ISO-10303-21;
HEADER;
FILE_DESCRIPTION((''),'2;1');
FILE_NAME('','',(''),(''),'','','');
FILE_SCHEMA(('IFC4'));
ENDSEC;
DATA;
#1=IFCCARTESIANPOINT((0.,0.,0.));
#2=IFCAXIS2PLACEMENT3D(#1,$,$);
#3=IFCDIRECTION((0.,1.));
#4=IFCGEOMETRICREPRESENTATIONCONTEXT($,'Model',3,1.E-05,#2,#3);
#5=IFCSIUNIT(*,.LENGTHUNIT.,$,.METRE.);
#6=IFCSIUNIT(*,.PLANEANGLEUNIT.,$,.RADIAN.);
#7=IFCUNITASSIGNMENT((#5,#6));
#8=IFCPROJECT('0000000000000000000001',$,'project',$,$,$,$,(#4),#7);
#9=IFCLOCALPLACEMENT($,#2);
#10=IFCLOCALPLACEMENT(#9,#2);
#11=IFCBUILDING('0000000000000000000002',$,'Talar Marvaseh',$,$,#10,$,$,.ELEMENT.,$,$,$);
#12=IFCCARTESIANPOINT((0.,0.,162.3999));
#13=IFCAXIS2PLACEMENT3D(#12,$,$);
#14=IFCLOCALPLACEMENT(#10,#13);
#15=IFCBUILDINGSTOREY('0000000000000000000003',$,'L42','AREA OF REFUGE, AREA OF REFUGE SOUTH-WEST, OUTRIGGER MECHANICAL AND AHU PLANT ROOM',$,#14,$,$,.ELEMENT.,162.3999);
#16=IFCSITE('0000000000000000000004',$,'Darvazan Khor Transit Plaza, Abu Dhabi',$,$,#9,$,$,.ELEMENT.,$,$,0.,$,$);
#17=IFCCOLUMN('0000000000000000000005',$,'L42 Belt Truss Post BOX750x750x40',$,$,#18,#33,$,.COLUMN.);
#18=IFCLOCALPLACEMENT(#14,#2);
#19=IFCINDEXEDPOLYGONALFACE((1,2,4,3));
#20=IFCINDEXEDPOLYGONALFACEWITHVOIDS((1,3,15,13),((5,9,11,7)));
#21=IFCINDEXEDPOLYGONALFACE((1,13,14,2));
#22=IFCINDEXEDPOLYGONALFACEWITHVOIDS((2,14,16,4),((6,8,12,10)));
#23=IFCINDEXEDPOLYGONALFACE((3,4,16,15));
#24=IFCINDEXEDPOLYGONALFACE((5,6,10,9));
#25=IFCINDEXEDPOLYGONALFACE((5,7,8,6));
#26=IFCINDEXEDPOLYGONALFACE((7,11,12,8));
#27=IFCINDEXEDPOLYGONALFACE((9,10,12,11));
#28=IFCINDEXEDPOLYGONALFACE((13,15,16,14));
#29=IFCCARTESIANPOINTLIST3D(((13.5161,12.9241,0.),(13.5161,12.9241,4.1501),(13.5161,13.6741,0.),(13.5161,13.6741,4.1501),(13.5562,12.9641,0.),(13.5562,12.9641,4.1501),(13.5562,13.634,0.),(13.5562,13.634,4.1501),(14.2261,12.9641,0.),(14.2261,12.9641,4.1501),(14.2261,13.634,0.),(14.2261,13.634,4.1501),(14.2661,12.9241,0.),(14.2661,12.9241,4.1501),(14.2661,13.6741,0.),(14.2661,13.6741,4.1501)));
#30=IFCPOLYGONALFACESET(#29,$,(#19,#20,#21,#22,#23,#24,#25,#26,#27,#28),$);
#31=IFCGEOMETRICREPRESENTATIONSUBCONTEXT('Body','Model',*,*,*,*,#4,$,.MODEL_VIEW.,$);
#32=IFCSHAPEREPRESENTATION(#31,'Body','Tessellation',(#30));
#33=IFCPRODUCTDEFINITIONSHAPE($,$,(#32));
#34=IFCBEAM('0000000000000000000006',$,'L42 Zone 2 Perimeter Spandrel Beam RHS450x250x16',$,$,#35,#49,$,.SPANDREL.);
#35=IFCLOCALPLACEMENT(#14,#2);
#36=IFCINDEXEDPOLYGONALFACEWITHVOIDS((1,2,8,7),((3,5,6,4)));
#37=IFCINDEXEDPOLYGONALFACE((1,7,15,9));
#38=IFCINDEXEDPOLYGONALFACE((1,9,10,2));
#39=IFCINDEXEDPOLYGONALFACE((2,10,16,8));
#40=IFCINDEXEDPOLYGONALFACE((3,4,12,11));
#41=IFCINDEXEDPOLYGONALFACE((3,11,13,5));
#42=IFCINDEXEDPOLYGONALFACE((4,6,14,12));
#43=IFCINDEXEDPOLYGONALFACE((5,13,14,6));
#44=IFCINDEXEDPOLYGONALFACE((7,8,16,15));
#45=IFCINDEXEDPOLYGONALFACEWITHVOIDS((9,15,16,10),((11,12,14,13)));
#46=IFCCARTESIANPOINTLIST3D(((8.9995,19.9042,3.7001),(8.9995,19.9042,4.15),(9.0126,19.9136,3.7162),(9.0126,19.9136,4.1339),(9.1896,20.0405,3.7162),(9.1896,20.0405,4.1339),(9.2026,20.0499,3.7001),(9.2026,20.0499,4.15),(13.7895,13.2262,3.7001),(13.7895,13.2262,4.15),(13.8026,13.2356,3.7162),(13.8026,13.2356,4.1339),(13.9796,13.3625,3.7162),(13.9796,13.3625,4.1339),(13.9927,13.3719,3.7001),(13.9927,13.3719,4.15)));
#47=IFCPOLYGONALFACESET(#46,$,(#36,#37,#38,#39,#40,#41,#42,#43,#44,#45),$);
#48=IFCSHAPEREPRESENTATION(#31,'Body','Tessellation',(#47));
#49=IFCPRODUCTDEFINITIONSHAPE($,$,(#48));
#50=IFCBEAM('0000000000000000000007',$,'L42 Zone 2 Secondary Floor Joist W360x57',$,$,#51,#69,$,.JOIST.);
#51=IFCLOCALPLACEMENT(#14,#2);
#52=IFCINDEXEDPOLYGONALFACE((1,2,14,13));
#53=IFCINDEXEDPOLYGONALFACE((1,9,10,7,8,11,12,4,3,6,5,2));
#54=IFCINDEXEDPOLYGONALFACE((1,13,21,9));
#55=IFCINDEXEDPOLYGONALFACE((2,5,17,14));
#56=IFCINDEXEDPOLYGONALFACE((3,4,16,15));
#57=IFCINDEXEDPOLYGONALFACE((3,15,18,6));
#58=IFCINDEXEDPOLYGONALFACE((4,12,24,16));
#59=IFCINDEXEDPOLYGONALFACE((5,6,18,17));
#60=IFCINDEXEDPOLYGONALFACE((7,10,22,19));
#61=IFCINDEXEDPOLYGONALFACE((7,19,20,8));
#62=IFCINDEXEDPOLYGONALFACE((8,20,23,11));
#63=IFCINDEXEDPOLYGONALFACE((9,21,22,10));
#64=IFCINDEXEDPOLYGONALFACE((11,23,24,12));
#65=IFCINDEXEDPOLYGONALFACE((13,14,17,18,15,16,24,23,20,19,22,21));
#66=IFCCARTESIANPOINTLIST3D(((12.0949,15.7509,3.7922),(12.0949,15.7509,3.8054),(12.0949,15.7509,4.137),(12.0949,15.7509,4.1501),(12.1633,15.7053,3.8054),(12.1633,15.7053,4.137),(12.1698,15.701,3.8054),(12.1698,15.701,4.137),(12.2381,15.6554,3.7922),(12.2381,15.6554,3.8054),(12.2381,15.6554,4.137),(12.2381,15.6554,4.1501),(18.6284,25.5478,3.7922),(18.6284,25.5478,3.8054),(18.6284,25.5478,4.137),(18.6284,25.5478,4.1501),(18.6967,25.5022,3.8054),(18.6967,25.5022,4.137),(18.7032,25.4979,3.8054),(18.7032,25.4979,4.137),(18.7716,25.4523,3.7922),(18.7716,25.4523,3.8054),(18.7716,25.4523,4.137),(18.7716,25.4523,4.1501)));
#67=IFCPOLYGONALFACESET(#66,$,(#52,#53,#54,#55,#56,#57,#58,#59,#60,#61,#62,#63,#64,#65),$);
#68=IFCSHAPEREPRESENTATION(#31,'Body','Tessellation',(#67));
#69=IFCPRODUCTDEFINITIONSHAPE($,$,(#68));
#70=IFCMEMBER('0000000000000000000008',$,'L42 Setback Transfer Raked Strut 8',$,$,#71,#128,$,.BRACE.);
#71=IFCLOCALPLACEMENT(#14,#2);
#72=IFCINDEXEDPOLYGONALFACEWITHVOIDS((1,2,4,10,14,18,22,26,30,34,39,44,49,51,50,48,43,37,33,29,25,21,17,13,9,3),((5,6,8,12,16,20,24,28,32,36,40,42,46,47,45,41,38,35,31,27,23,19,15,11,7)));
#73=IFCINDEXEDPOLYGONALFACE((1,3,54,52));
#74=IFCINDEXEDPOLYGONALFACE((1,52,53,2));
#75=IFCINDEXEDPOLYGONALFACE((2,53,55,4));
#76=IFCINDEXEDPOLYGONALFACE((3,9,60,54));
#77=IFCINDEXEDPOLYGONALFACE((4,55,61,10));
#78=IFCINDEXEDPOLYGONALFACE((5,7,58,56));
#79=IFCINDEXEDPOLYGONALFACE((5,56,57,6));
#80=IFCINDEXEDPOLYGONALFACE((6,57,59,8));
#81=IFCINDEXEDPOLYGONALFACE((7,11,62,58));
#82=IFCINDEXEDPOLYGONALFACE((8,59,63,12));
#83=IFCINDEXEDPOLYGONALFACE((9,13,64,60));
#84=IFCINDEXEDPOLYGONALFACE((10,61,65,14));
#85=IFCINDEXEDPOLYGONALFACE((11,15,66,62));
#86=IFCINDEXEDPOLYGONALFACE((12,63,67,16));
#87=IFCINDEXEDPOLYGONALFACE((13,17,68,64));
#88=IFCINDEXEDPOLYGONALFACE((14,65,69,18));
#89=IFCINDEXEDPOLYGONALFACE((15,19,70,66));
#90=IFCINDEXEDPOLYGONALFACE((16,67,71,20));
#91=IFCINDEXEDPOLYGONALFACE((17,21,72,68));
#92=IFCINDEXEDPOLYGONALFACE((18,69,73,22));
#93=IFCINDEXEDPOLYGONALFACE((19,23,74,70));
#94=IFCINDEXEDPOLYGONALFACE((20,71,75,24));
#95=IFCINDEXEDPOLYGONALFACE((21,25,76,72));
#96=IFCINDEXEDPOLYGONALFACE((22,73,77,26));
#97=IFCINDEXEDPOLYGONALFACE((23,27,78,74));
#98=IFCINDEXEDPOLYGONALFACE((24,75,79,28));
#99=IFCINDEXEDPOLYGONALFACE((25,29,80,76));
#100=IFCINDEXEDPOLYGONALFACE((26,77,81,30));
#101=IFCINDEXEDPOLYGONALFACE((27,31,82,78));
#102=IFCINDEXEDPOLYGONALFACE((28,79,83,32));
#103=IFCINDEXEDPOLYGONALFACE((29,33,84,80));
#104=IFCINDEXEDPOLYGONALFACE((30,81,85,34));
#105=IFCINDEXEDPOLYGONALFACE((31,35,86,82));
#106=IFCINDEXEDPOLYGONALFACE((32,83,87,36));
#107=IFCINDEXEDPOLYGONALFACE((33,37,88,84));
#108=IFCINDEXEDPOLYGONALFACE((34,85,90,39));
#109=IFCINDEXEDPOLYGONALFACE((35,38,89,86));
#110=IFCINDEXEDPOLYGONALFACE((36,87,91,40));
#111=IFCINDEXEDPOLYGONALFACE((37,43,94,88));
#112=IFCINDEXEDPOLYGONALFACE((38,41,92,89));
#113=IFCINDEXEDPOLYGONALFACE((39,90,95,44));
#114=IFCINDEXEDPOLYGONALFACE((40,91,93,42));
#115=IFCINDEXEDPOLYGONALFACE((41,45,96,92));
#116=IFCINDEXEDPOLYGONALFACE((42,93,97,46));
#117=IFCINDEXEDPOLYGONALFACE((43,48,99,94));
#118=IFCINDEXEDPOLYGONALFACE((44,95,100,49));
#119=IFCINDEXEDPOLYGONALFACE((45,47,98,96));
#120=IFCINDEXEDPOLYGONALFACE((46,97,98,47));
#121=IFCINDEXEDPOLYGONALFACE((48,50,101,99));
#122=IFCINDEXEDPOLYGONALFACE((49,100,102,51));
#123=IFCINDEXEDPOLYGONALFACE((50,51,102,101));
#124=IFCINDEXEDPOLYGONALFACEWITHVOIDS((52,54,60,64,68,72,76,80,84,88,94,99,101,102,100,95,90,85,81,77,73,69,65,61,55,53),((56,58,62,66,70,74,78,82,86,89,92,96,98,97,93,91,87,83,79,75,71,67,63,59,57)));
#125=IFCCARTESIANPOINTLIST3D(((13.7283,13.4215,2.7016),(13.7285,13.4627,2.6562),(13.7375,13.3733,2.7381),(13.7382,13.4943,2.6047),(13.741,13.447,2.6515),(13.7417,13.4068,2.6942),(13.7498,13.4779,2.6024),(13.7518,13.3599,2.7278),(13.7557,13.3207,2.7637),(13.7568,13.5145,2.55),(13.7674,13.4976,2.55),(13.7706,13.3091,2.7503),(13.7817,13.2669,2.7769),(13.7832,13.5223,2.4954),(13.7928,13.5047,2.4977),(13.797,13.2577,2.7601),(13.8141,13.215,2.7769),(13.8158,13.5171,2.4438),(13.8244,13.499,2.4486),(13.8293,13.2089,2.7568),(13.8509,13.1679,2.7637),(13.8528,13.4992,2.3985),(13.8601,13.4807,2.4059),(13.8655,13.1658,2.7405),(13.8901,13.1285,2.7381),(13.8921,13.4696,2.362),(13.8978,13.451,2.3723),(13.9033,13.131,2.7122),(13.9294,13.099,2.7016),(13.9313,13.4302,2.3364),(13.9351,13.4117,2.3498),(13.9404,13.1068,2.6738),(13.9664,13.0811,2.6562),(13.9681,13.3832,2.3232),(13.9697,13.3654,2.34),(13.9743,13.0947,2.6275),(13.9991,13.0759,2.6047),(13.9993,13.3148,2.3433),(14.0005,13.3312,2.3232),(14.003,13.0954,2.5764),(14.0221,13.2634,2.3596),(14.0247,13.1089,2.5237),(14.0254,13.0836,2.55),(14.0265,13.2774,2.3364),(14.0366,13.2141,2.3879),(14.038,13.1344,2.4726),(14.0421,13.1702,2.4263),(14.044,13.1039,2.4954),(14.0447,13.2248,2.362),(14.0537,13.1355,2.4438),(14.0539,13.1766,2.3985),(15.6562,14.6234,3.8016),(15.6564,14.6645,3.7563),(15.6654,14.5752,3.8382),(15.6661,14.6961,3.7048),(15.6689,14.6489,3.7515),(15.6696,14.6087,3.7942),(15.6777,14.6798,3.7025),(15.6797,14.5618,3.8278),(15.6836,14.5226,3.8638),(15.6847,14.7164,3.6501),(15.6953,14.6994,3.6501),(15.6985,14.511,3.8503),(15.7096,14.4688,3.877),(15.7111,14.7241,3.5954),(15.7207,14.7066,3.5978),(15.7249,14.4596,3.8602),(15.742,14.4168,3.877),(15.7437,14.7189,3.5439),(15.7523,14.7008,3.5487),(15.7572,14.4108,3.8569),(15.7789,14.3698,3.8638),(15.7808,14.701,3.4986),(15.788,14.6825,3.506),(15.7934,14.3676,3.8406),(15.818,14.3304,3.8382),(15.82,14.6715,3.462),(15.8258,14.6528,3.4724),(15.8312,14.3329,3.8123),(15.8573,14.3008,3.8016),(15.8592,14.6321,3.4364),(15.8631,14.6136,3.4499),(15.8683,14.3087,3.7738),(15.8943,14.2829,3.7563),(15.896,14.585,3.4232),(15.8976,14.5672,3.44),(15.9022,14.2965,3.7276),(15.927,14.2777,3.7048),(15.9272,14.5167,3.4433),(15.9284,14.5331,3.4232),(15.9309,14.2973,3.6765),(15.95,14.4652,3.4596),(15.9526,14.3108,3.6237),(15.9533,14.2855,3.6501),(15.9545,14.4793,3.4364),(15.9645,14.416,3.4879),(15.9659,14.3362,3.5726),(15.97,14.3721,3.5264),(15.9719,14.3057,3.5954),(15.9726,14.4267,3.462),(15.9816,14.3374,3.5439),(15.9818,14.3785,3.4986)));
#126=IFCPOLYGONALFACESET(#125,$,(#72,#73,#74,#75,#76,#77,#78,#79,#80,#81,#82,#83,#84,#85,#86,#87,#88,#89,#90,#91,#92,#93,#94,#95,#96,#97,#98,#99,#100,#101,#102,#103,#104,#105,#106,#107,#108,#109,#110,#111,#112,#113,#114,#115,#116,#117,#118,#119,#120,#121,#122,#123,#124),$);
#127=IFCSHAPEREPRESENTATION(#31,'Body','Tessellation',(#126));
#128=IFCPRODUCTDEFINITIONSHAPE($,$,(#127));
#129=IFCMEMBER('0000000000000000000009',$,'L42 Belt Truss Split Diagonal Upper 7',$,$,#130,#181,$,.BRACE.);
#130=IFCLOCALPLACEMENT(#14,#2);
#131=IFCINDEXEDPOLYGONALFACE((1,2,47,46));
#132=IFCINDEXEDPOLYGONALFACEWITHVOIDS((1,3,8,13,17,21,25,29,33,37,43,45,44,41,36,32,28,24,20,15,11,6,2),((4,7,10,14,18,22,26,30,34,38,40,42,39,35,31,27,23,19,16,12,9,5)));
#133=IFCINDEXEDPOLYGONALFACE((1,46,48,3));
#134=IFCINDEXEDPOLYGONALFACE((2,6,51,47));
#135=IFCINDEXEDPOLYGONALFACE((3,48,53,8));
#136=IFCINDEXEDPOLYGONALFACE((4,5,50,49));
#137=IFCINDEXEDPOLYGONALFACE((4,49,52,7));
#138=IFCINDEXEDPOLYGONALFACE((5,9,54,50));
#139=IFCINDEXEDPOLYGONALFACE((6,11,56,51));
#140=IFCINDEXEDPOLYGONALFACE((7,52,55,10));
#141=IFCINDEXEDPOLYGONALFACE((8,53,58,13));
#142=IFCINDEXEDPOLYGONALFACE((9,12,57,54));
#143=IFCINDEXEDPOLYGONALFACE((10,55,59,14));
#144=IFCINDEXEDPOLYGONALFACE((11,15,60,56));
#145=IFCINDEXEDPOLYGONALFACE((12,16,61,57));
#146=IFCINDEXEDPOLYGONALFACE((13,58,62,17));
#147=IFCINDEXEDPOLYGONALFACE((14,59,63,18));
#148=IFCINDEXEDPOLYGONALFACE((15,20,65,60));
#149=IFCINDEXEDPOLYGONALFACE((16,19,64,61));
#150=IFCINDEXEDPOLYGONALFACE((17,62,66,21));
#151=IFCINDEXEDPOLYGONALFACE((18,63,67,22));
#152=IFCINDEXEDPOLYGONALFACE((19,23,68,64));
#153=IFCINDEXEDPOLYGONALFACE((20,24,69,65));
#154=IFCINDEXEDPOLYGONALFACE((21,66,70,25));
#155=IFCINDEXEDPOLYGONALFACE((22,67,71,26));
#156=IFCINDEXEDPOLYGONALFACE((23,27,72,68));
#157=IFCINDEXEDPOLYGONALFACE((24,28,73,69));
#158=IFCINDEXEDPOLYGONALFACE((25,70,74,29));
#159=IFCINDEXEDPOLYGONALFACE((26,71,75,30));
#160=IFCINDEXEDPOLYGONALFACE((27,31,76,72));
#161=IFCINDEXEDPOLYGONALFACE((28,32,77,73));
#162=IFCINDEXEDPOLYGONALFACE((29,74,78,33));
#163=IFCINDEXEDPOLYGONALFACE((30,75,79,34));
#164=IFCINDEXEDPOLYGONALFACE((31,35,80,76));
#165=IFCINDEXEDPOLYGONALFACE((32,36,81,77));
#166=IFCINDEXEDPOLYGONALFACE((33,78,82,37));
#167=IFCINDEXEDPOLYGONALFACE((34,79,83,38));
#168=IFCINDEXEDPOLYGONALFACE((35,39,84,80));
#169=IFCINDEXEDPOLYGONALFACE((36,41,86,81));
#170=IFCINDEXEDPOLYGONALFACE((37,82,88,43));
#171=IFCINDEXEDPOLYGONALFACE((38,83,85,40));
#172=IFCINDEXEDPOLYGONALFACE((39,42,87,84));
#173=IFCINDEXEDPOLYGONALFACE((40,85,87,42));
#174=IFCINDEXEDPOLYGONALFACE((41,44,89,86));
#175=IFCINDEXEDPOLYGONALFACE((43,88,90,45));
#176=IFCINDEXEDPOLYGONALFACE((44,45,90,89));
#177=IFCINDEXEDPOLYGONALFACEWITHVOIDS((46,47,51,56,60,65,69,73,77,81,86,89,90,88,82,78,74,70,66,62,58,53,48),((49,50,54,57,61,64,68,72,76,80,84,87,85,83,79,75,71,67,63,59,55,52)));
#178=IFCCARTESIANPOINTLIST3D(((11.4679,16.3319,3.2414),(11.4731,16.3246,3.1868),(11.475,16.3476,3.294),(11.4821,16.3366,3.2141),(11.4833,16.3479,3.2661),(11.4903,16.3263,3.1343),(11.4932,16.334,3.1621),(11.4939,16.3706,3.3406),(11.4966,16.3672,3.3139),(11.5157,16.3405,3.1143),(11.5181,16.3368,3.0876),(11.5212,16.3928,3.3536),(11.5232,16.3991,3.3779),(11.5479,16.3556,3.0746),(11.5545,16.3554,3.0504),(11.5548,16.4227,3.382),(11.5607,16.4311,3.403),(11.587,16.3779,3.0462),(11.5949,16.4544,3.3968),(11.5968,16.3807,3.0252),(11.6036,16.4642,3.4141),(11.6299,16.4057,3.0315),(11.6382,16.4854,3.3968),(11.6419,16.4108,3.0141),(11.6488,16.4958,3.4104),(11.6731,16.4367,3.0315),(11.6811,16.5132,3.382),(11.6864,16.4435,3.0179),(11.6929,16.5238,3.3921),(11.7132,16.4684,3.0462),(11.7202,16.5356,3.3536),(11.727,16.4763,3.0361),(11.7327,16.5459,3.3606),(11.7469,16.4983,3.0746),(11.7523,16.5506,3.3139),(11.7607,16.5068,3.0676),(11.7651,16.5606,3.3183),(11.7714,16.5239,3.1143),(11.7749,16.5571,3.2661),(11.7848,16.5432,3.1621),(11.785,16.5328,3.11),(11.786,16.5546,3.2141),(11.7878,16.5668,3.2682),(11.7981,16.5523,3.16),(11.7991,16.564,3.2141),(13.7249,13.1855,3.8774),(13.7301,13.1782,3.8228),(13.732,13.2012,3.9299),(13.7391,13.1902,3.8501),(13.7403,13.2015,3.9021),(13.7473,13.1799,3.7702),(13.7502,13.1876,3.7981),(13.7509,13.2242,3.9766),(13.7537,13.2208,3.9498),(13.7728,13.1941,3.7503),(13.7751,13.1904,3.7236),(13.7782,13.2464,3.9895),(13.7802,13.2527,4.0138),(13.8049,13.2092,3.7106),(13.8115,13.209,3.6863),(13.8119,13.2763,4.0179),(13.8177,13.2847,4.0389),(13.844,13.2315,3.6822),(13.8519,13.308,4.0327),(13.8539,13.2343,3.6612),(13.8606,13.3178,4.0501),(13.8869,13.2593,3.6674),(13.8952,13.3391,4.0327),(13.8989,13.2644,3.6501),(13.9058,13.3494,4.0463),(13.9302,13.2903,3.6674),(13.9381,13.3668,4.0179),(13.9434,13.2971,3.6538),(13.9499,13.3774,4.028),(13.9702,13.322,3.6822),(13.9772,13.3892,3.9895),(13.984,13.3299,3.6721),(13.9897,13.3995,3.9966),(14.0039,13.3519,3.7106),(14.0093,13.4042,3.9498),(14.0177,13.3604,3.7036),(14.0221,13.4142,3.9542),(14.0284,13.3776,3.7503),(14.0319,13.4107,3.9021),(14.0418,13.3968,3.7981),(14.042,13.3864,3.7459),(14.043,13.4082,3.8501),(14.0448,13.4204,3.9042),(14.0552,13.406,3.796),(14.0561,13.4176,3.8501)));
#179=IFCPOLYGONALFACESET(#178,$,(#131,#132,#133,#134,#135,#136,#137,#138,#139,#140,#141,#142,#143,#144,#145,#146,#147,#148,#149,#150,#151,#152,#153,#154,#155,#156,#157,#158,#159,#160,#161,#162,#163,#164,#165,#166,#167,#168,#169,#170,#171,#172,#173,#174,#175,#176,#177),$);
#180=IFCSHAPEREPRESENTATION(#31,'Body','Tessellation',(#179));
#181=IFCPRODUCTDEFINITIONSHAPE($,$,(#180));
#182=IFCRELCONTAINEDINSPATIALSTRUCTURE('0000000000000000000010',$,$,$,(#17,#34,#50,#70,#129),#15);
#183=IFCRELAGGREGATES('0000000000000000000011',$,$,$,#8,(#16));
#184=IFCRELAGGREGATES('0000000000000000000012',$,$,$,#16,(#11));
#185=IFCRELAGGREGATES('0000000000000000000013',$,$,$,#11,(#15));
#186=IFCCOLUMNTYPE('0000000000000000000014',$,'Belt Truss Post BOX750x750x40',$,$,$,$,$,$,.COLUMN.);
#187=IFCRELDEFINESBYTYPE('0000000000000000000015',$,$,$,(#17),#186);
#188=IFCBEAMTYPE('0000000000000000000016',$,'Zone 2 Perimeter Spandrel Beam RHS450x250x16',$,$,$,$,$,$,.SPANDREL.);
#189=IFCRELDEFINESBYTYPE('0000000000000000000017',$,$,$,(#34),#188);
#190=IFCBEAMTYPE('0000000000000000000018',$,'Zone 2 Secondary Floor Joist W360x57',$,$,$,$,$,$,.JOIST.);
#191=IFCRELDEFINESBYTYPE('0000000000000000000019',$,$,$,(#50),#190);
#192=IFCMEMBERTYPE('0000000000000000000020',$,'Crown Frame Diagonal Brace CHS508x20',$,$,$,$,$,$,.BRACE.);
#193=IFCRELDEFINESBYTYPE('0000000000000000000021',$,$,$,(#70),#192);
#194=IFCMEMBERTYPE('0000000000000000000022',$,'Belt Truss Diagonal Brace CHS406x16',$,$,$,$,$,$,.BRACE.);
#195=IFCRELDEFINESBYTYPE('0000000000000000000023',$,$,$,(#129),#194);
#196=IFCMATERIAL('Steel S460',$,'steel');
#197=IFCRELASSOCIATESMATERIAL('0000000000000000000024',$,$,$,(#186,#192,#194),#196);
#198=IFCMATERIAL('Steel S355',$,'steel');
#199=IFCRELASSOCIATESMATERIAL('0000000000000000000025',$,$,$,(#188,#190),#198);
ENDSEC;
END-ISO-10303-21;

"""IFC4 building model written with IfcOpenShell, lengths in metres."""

from ifc_helpers import new_model, si_unit, direction, frame, origin, origin_2d, place, context, subcontext, project, spatial, hollow_rectangle, hollow_circle, i_section, extrude, source, transform, mapped, material, material_profile, profile_set, type_object, type_shapes, element, save


model = new_model("IFC4")

# Units and contexts
model_context = context("Model", 3, precision=1e-05, world=origin(), true_north=direction((0.0, 1.0)))
body_context = subcontext(model_context, "Body", "Model", "MODEL_VIEW")
ifc_project = project(units=[si_unit("LENGTHUNIT", "METRE"), si_unit("PLANEANGLEUNIT", "RADIAN")], contexts=[model_context])

# Site, building, storey
site_placement = place(None, origin())
site = spatial("IfcSite", under=ifc_project, at=site_placement, Name="Darvazan Khor Transit Plaza, Abu Dhabi", CompositionType="ELEMENT", RefElevation=0.0)
building_placement = place(site_placement, origin())
building = spatial("IfcBuilding", under=site, at=building_placement, Name="Talar Marvaseh", CompositionType="ELEMENT")
storey_placement = place(building_placement, frame((0.0, 0.0, 162.3999)))
storey = spatial("IfcBuildingStorey", under=building, at=storey_placement, Name="L42", Description="AREA OF REFUGE, AREA OF REFUGE SOUTH-WEST, OUTRIGGER MECHANICAL AND AHU PLANT ROOM", CompositionType="ELEMENT", Elevation=162.3999)

# Column
ifc_material_1 = material(Name="Steel S460", Category="steel")
ifc_material_profile_1 = material_profile(ifc_material_1, hollow_rectangle(XDim=0.75, YDim=0.75, WallThickness=0.04, at=origin_2d()), Name="BOX750x750x40")
ifc_profile_set_1 = profile_set([ifc_material_profile_1], Name="Steel S460")
column_type = type_object("IfcColumnType", Name="Belt Truss Post BOX750x750x40", PredefinedType="COLUMN", material=ifc_profile_set_1)
column_placement = place(storey_placement, frame((13.8911, 13.2991, 0.0), z_axis=(0.0, 0.0, 1.0), x_axis=(1.0, 0.0, 0.0)))
element("IfcColumn", 1, at=column_placement, inside=storey, type_object=column_type, Name="L42 Belt Truss Post BOX750x750x40", PredefinedType="COLUMN", context=body_context, shape_type="SweptSolid", body=[
    extrude(hollow_rectangle(XDim=0.75, YDim=0.75, WallThickness=0.04, at=origin_2d()), origin(), (0.0, 0.0, 1.0), 4.1501),
])

# Beams
ifc_material_2 = material(Name="Steel S355", Category="steel")
ifc_material_profile_2 = material_profile(ifc_material_2, hollow_rectangle(XDim=0.25, YDim=0.45, WallThickness=0.0161, at=origin_2d()), Name="RHS450x250x16")
ifc_profile_set_2 = profile_set([ifc_material_profile_2], Name="Steel S355")
beam_type_1 = type_object("IfcBeamType", Name="Zone 2 Perimeter Spandrel Beam RHS450x250x16", PredefinedType="SPANDREL", material=ifc_profile_set_2)
beam_1_placement = place(storey_placement, frame((13.8911, 13.2991, 3.925), z_axis=(-0.582853, 0.812578, 0.0), x_axis=(-0.812578, -0.582853, 0.0)))
element("IfcBeam", 2, at=beam_1_placement, inside=storey, type_object=beam_type_1, Name="L42 Zone 2 Perimeter Spandrel Beam RHS450x250x16", PredefinedType="SPANDREL", context=body_context, shape_type="SweptSolid", body=[
    extrude(hollow_rectangle(XDim=0.25, YDim=0.45, WallThickness=0.0161, at=origin_2d()), origin(), (0.0, 0.0, 1.0), 8.2183),
])
ifc_material_profile_3 = material_profile(ifc_material_2, i_section(OverallWidth=0.1721, OverallDepth=0.3579, WebThickness=0.0078, FlangeThickness=0.0132, at=origin_2d()), Name="W360x57")
ifc_profile_set_3 = profile_set([ifc_material_profile_3], Name="Steel S355")
beam_type_2 = type_object("IfcBeamType", Name="Zone 2 Secondary Floor Joist W360x57", PredefinedType="JOIST", material=ifc_profile_set_3)
beam_2_placement = place(storey_placement, frame((12.1665, 15.7031, 3.9712), z_axis=(0.554829, 0.831964, 0.0), x_axis=(-0.831964, 0.554829, 0.0)))
element("IfcBeam", 3, at=beam_2_placement, inside=storey, type_object=beam_type_2, Name="L42 Zone 2 Secondary Floor Joist W360x57", PredefinedType="JOIST", context=body_context, shape_type="SweptSolid", body=[
    extrude(i_section(OverallWidth=0.1721, OverallDepth=0.3579, WebThickness=0.0078, FlangeThickness=0.0132, at=origin_2d()), origin(), (0.0, 0.0, 1.0), 11.7756),
])

# Members
ifc_material_profile_4 = material_profile(ifc_material_1, hollow_circle(Radius=0.2539, WallThickness=0.02, at=origin_2d()), Name="CHS508x20")
ifc_profile_set_4 = profile_set([ifc_material_profile_4], Name="Steel S460")
member_type_1 = type_object("IfcMemberType", Name="Crown Frame Diagonal Brace CHS508x20", PredefinedType="BRACE", material=ifc_profile_set_4)
shared_shape_1 = source(origin(), body_context, "Body", "SweptSolid", [
    extrude(hollow_circle(Radius=0.2539, WallThickness=0.02, at=origin_2d()), origin(), (0.0, 0.0, 1.0), 2.5242),
])
type_shapes(member_type_1, [shared_shape_1])
member_1_placement = place(storey_placement, frame((13.8911, 13.2991, 2.55), z_axis=(0.76378, 0.476141, 0.43581), x_axis=(-0.529023, 0.848607, 0.0)))
element("IfcMember", 4, at=member_1_placement, inside=storey, type_object=member_type_1, Name="L42 Setback Transfer Raked Strut 8", PredefinedType="BRACE", context=body_context, shape_type="MappedRepresentation", body=[
    mapped(shared_shape_1, transform((0.0, 0.0, 0.0), x_axis=(1.0, 0.0, 0.0), y_axis=(0.0, 1.0, 0.0), z_axis=(0.0, 0.0, 1.0), scale=1.0)),
])
ifc_material_profile_5 = material_profile(ifc_material_1, hollow_circle(Radius=0.2031, WallThickness=0.0161, at=origin_2d()), Name="CHS406x16")
ifc_profile_set_5 = profile_set([ifc_material_profile_5], Name="Steel S460")
member_type_2 = type_object("IfcMemberType", Name="Belt Truss Diagonal Brace CHS406x16", PredefinedType="BRACE", material=ifc_profile_set_5)
shared_shape_2 = source(origin(), body_context, "Body", "SweptSolid", [
    extrude(hollow_circle(Radius=0.2031, WallThickness=0.0161, at=origin_2d()), origin(), (0.0, 0.0, 1.0), 3.9241),
])
type_shapes(member_type_2, [shared_shape_2])
member_2_placement = place(storey_placement, frame((11.634, 16.4456, 3.2141), z_axis=(0.575171, -0.801818, 0.162068), x_axis=(0.81256, 0.582877, 0.0)))
element("IfcMember", 5, at=member_2_placement, inside=storey, type_object=member_type_2, Name="L42 Belt Truss Split Diagonal Upper 7", PredefinedType="BRACE", context=body_context, shape_type="MappedRepresentation", body=[
    mapped(shared_shape_2, transform((0.0, 0.0, 0.0), x_axis=(1.0, 0.0, 0.0), y_axis=(0.0, 1.0, 0.0), z_axis=(0.0, 0.0, 1.0), scale=1.0)),
])

save(model, "model.ifc")
